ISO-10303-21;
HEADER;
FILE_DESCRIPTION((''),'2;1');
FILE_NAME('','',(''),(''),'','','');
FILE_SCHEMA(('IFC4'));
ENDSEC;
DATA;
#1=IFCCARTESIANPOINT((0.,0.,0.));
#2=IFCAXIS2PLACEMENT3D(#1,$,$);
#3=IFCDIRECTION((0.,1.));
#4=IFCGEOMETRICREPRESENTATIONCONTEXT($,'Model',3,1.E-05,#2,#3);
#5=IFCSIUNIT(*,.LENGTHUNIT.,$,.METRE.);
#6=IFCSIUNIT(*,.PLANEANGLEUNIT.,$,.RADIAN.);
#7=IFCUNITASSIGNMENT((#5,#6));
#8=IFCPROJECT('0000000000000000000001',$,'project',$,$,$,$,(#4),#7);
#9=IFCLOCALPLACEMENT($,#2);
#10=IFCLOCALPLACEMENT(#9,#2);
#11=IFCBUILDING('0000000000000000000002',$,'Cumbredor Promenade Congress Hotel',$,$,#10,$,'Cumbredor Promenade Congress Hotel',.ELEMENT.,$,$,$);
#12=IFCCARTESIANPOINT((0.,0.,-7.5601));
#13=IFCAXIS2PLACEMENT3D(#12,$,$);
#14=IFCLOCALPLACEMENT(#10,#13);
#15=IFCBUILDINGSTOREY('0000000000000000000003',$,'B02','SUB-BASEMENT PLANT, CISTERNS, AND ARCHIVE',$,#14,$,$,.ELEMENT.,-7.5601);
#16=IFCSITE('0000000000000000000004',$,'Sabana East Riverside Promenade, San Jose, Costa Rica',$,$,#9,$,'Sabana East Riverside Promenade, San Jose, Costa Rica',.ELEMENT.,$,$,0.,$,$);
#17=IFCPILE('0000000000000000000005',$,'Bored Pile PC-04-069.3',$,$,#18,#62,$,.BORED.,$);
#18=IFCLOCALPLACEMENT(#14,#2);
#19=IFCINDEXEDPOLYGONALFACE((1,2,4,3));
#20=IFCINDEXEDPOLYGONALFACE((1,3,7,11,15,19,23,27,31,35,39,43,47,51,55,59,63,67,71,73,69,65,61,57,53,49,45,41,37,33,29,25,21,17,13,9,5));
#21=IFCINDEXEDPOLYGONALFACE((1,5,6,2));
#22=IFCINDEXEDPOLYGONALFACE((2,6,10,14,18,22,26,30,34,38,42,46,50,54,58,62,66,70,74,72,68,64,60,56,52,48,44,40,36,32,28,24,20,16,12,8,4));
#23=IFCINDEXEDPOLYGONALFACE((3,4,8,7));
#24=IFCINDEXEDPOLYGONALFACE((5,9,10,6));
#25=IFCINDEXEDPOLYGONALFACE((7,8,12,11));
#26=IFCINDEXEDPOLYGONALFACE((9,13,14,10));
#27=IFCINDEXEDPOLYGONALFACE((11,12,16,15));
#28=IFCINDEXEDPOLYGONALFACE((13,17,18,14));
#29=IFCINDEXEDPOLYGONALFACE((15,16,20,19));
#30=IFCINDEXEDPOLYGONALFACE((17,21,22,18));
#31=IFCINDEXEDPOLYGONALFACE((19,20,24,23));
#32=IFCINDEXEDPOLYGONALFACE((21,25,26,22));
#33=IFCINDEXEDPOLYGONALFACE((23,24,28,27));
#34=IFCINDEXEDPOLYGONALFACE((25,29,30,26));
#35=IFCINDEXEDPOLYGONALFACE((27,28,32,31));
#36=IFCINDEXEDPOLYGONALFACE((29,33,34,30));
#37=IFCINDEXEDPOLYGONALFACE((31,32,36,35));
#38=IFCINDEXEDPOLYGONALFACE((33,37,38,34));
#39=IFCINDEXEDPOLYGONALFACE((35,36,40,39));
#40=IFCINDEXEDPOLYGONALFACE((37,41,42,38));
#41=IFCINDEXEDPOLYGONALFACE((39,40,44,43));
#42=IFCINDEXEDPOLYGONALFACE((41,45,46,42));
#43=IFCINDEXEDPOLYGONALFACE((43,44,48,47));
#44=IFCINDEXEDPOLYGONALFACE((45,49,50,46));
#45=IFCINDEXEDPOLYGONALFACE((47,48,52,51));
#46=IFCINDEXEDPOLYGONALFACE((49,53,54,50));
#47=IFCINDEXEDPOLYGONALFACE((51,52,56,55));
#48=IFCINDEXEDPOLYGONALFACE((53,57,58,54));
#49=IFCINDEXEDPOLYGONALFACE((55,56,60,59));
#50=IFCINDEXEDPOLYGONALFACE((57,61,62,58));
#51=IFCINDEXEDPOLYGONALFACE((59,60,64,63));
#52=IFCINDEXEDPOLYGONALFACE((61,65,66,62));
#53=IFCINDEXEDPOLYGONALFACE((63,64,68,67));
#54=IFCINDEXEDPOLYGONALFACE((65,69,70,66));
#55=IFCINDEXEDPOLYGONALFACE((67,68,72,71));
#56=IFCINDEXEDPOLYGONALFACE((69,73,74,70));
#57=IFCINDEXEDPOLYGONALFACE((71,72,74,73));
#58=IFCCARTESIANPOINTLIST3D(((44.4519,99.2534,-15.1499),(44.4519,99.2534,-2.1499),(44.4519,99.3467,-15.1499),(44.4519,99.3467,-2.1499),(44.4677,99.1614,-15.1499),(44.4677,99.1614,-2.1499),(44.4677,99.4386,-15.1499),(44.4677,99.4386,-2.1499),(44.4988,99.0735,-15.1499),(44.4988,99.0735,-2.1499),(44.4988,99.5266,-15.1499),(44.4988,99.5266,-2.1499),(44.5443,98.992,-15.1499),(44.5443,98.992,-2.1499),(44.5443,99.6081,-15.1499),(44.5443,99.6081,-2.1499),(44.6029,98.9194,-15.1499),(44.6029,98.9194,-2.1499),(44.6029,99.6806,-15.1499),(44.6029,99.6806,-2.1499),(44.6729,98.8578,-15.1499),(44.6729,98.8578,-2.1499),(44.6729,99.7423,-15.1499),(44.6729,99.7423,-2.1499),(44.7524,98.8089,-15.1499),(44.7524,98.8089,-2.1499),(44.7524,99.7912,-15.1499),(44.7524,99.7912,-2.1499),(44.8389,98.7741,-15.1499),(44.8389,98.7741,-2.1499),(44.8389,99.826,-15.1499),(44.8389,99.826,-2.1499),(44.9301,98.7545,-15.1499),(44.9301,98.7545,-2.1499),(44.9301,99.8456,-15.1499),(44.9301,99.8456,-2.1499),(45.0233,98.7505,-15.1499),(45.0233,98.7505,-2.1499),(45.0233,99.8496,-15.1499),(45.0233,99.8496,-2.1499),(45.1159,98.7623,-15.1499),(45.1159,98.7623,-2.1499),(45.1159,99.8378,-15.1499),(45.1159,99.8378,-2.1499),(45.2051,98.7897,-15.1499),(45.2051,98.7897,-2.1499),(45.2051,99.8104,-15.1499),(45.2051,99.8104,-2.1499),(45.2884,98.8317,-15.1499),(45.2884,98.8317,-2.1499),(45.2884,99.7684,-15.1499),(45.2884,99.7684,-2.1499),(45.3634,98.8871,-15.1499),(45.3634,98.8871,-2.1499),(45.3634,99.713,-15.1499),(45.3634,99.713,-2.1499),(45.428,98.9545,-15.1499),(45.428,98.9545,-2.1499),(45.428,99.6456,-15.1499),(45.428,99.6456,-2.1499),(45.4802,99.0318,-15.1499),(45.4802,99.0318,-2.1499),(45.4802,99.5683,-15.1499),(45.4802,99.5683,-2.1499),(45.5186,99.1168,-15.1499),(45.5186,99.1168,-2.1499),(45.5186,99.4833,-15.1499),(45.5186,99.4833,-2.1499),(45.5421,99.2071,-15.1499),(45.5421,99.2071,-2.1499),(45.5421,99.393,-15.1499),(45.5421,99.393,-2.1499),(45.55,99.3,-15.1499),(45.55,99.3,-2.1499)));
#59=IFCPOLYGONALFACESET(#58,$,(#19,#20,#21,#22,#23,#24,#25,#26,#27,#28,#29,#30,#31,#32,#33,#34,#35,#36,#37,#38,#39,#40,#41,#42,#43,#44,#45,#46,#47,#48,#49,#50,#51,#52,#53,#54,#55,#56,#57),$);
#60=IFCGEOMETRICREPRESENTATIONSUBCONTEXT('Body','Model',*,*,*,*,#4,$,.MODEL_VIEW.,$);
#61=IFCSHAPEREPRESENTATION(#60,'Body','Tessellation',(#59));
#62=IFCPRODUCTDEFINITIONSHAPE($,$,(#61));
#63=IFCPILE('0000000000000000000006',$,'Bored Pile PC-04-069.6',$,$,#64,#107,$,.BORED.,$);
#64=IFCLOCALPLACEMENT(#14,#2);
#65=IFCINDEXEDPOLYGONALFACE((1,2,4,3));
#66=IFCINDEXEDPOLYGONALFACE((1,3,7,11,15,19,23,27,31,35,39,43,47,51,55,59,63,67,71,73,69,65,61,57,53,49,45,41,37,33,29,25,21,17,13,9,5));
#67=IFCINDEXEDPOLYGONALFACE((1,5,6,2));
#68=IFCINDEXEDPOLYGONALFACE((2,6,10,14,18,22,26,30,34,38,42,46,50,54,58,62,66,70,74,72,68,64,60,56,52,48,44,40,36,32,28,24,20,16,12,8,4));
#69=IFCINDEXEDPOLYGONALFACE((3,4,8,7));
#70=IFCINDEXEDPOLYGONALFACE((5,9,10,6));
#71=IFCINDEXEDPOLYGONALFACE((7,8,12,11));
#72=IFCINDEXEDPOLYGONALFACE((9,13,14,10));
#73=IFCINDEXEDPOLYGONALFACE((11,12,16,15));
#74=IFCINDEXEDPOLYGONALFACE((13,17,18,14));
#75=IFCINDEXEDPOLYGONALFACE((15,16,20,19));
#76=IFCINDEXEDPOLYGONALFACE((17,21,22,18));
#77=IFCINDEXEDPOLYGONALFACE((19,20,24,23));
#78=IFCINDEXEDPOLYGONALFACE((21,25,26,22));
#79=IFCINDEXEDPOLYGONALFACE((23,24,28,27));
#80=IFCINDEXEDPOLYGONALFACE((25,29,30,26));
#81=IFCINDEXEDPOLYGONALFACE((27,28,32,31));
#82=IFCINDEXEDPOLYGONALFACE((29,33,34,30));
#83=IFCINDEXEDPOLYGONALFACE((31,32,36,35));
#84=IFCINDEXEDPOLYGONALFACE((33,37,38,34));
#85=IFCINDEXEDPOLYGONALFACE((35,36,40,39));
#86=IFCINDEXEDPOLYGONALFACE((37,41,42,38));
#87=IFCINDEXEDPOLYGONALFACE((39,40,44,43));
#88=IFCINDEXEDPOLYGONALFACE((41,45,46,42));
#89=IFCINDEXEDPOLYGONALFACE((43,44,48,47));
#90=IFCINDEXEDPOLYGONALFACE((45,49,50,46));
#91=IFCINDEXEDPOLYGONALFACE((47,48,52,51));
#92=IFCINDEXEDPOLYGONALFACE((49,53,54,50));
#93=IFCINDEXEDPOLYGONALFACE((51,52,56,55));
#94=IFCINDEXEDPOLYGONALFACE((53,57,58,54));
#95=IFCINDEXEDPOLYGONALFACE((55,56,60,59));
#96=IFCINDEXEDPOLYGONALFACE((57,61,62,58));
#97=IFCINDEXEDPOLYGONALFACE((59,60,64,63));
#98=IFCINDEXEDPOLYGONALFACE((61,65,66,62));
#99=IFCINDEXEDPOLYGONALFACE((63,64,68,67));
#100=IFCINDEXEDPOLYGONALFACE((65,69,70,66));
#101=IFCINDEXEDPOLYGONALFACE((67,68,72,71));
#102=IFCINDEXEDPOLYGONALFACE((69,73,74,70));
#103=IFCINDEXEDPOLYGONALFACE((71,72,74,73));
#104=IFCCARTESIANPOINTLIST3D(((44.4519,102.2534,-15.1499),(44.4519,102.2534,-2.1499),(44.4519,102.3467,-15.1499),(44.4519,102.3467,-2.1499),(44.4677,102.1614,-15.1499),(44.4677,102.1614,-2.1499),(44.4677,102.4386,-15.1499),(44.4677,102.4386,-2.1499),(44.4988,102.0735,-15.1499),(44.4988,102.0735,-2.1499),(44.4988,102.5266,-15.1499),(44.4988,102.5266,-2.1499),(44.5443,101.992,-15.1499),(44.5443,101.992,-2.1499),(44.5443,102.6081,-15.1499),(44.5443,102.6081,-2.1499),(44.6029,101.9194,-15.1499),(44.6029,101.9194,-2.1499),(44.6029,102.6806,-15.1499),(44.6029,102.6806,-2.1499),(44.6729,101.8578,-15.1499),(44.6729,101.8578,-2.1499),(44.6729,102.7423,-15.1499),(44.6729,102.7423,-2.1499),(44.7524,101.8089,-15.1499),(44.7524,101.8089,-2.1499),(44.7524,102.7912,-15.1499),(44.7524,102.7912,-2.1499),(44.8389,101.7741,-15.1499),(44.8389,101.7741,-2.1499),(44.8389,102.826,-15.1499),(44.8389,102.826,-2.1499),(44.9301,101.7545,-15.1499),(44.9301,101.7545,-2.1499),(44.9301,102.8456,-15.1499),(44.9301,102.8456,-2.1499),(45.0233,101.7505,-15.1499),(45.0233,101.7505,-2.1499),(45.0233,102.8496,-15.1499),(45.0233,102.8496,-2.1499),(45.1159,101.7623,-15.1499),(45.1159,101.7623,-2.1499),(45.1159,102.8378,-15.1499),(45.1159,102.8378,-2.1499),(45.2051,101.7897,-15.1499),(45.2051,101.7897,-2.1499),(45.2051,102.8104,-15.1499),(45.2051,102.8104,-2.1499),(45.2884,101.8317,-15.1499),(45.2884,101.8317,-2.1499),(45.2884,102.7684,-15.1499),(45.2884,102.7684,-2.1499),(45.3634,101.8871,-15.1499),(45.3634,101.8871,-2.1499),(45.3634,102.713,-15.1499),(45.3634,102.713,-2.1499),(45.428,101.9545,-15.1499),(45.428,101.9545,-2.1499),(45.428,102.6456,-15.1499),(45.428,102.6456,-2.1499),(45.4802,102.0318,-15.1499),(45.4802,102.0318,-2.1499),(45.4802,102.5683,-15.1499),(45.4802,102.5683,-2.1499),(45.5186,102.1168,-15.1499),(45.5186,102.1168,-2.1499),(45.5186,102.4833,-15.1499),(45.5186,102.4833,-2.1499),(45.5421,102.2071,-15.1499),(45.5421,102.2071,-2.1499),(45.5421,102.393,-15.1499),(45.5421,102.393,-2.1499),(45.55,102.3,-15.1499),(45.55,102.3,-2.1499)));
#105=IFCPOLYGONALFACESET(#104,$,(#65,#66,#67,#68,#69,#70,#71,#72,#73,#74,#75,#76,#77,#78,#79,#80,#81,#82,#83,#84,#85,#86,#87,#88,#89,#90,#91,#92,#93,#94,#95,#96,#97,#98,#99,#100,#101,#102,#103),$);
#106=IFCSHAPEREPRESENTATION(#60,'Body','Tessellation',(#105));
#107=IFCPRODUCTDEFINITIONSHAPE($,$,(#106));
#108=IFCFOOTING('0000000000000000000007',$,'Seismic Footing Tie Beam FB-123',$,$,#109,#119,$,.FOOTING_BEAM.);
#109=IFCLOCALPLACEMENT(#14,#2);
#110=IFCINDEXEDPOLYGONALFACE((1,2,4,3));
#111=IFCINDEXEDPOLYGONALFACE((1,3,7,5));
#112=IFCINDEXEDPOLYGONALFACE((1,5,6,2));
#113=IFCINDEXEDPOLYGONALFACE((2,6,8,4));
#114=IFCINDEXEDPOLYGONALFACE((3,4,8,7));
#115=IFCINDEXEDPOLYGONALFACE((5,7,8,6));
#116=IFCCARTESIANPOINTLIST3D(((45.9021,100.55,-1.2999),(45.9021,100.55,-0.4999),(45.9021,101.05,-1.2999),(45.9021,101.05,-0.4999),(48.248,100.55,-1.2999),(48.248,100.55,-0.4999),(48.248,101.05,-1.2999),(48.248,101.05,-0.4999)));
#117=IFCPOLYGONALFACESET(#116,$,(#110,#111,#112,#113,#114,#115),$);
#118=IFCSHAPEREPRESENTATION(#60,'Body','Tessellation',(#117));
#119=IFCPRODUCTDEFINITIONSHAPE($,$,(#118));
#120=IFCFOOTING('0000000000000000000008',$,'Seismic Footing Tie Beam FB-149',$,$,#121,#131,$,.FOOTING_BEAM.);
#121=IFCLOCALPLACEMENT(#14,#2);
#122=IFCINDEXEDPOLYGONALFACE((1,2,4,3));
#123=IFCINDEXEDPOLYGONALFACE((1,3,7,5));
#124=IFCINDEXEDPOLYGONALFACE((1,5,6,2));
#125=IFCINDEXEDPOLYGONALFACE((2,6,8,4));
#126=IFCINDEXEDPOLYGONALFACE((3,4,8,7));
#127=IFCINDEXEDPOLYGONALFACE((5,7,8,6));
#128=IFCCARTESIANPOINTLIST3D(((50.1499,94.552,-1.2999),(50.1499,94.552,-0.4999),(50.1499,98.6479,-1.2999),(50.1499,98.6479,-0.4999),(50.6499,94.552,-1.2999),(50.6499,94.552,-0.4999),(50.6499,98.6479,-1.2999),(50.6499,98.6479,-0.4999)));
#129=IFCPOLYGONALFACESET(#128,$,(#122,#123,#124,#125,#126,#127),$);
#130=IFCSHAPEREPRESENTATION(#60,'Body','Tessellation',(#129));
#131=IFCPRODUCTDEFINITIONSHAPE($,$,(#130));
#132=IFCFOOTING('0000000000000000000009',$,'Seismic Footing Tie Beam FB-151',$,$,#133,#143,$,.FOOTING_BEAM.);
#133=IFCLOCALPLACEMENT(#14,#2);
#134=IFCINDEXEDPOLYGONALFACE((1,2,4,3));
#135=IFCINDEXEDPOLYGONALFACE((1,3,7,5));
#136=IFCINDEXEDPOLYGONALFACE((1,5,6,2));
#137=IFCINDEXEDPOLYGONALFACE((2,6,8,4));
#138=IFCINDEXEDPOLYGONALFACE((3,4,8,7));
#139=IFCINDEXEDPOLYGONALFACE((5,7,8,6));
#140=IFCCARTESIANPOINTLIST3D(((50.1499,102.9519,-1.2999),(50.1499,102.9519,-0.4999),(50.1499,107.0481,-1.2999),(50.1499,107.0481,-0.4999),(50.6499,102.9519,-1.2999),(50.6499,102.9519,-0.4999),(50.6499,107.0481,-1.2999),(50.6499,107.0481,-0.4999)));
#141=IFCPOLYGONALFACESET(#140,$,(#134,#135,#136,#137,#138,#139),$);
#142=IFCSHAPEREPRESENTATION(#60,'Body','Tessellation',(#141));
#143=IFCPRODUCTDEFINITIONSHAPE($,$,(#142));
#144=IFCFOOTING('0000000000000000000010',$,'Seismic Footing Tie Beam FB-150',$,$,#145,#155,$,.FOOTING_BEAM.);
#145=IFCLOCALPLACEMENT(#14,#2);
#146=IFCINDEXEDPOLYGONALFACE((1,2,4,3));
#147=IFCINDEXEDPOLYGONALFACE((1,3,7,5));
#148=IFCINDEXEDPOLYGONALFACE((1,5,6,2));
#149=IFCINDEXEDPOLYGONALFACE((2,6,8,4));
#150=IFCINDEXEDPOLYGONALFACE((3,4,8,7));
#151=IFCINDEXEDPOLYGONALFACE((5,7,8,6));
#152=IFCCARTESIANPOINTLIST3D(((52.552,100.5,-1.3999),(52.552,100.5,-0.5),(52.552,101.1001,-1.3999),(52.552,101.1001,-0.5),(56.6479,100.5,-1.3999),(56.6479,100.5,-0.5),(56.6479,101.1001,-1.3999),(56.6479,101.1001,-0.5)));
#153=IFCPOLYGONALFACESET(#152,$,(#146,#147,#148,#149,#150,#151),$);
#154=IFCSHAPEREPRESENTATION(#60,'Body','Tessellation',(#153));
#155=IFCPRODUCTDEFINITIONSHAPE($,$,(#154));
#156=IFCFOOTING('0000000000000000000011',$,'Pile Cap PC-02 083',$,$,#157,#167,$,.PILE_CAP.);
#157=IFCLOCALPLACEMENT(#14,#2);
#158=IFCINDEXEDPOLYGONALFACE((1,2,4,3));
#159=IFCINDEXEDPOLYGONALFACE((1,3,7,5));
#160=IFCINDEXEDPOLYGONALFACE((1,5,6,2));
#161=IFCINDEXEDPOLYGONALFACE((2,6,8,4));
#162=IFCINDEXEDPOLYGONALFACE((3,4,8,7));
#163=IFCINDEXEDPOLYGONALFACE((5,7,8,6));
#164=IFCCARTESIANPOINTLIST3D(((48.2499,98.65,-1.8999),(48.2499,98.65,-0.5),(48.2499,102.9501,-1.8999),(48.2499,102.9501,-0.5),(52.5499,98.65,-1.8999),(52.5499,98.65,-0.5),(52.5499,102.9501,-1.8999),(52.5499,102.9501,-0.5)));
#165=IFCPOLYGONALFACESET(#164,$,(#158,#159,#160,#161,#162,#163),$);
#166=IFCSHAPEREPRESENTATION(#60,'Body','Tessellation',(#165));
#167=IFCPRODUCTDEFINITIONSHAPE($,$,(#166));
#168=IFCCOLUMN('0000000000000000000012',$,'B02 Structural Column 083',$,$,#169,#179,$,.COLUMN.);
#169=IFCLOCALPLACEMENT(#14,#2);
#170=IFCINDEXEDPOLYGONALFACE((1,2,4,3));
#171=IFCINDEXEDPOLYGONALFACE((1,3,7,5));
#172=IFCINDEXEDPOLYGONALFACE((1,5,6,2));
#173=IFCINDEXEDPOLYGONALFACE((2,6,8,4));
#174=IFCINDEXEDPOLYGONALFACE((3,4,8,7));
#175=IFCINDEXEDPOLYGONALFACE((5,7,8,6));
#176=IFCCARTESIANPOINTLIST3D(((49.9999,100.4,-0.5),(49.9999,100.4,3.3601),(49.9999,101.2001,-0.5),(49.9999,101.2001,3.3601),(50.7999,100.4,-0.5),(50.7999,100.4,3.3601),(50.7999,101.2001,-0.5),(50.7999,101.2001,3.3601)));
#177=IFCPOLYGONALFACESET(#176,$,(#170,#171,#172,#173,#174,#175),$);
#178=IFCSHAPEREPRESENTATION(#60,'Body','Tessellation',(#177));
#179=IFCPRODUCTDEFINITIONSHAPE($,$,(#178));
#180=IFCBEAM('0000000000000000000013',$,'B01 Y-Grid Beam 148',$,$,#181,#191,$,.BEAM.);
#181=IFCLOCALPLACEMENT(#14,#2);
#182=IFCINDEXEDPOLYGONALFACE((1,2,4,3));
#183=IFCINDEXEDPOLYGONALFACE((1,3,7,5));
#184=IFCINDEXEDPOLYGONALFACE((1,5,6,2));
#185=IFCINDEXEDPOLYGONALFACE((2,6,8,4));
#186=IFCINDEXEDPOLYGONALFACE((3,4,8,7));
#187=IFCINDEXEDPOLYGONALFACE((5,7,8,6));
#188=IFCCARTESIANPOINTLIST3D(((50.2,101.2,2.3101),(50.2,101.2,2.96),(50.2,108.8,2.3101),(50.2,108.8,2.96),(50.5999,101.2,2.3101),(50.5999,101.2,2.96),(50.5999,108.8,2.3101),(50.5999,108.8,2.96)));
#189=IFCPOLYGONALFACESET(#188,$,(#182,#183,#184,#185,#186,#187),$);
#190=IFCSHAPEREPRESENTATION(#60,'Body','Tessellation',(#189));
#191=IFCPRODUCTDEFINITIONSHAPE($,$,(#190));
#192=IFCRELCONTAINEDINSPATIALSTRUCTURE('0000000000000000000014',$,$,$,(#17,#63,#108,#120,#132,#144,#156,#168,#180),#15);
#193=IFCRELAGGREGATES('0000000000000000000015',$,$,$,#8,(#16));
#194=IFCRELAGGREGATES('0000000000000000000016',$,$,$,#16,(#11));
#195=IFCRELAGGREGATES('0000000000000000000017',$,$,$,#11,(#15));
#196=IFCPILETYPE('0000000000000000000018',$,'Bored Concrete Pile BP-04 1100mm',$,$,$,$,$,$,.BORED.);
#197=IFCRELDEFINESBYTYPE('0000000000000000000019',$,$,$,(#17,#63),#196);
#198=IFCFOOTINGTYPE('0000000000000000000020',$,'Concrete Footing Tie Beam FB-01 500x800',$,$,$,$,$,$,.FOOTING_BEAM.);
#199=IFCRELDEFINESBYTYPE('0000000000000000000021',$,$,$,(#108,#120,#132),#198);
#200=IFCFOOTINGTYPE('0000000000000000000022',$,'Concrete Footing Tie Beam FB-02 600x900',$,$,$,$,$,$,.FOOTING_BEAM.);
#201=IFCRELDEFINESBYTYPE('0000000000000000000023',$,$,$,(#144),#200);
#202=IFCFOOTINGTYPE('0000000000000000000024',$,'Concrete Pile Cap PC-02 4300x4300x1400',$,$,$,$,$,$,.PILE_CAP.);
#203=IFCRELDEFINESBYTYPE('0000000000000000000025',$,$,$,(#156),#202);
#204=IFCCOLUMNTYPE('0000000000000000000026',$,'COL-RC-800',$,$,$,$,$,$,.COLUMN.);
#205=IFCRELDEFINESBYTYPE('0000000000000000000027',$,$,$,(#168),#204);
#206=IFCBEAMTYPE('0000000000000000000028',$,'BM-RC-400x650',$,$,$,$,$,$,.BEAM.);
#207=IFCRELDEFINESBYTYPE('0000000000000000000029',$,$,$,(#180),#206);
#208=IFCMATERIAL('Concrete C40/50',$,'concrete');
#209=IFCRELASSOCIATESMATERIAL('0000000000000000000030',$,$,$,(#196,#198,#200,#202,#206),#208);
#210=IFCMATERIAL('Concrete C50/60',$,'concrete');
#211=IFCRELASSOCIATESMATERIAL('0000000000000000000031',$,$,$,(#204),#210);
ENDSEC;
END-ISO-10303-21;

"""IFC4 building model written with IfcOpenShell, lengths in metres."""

from ifc_helpers import new_model, si_unit, direction, frame, origin, origin_2d, place, context, subcontext, project, spatial, rectangle, circle, extrude, material, material_profile, profile_set, type_object, element, save


model = new_model("IFC4")

# Units and contexts
model_context = context("Model", 3, precision=1e-05, world=origin(), true_north=direction((0.0, 1.0)))
body_context = subcontext(model_context, "Body", "Model", "MODEL_VIEW")
ifc_project = project(units=[si_unit("LENGTHUNIT", "METRE"), si_unit("PLANEANGLEUNIT", "RADIAN")], contexts=[model_context])

# Site, building, storey
site_placement = place(None, origin())
site = spatial("IfcSite", under=ifc_project, at=site_placement, Name="Sabana East Riverside Promenade, San Jose, Costa Rica", LongName="Sabana East Riverside Promenade, San Jose, Costa Rica", CompositionType="ELEMENT", RefElevation=0.0)
building_placement = place(site_placement, origin())
building = spatial("IfcBuilding", under=site, at=building_placement, Name="Cumbredor Promenade Congress Hotel", LongName="Cumbredor Promenade Congress Hotel", CompositionType="ELEMENT")
storey_placement = place(building_placement, frame((0.0, 0.0, -7.5601)))
storey = spatial("IfcBuildingStorey", under=building, at=storey_placement, Name="B02", Description="SUB-BASEMENT PLANT, CISTERNS, AND ARCHIVE", CompositionType="ELEMENT", Elevation=-7.5601)

# Piles
ifc_material_1 = material(Name="Concrete C40/50", Category="concrete")
ifc_material_profile_1 = material_profile(ifc_material_1, circle(Radius=0.55, at=origin_2d()), Name="PILE D1100")
ifc_profile_set_1 = profile_set([ifc_material_profile_1], Name="Concrete C40/50")
pile_type_1 = type_object("IfcPileType", Name="Bored Concrete Pile BP-04 1100mm", PredefinedType="BORED", material=ifc_profile_set_1)
for number, where, z_axis, x_axis, name in (
    (1, (45.0, 99.3, -2.1499), (0.0, 0.0, -1.0), (1.0, 0.0, 0.0), "Bored Pile PC-04-069.3"),
    (2, (45.0, 102.3, -2.1499), (0.0, 0.0, -1.0), (1.0, 0.0, 0.0), "Bored Pile PC-04-069.6"),
):
    element("IfcPile", number, at=place(storey_placement, frame(where, z_axis=z_axis, x_axis=x_axis)), inside=storey, type_object=pile_type_1, Name=name, PredefinedType="BORED", context=body_context, shape_type="SweptSolid", body=[
        extrude(circle(Radius=0.55, at=origin_2d()), origin(), (0.0, 0.0, 1.0), 13.0),
    ])

# Footings
ifc_material_profile_2 = material_profile(ifc_material_1, rectangle(XDim=0.5, YDim=0.8, at=origin_2d()), Name="FB 500x800")
ifc_profile_set_2 = profile_set([ifc_material_profile_2], Name="Concrete C40/50")
footing_type_1 = type_object("IfcFootingType", Name="Concrete Footing Tie Beam FB-01 500x800", PredefinedType="FOOTING_BEAM", material=ifc_profile_set_2)
footing_1_placement = place(storey_placement, frame((45.9021, 100.8, -0.8999), z_axis=(1.0, 0.0, 0.0), x_axis=(0.0, 1.0, 0.0)))
element("IfcFooting", 3, at=footing_1_placement, inside=storey, type_object=footing_type_1, Name="Seismic Footing Tie Beam FB-123", PredefinedType="FOOTING_BEAM", context=body_context, shape_type="SweptSolid", body=[
    extrude(rectangle(XDim=0.5, YDim=0.8, at=origin_2d()), origin(), (0.0, 0.0, 1.0), 2.3459),
])
footing_2_placement = place(storey_placement, frame((50.3999, 94.552, -0.8999), z_axis=(0.0, 1.0, 0.0), x_axis=(-1.0, 0.0, 0.0)))
element("IfcFooting", 4, at=footing_2_placement, inside=storey, type_object=footing_type_1, Name="Seismic Footing Tie Beam FB-149", PredefinedType="FOOTING_BEAM", context=body_context, shape_type="SweptSolid", body=[
    extrude(rectangle(XDim=0.5, YDim=0.8, at=origin_2d()), origin(), (0.0, 0.0, 1.0), 4.0959),
])
footing_3_placement = place(storey_placement, frame((50.3999, 102.9519, -0.8999), z_axis=(0.0, 1.0, 0.0), x_axis=(-1.0, 0.0, 0.0)))
element("IfcFooting", 5, at=footing_3_placement, inside=storey, type_object=footing_type_1, Name="Seismic Footing Tie Beam FB-151", PredefinedType="FOOTING_BEAM", context=body_context, shape_type="SweptSolid", body=[
    extrude(rectangle(XDim=0.5, YDim=0.8, at=origin_2d()), origin(), (0.0, 0.0, 1.0), 4.0962),
])
ifc_material_profile_3 = material_profile(ifc_material_1, rectangle(XDim=0.6001, YDim=0.8999, at=origin_2d()), Name="FB 600x900")
ifc_profile_set_3 = profile_set([ifc_material_profile_3], Name="Concrete C40/50")
footing_type_2 = type_object("IfcFootingType", Name="Concrete Footing Tie Beam FB-02 600x900", PredefinedType="FOOTING_BEAM", material=ifc_profile_set_3)
footing_4_placement = place(storey_placement, frame((52.552, 100.8, -0.95), z_axis=(1.0, 0.0, 0.0), x_axis=(0.0, 1.0, 0.0)))
element("IfcFooting", 6, at=footing_4_placement, inside=storey, type_object=footing_type_2, Name="Seismic Footing Tie Beam FB-150", PredefinedType="FOOTING_BEAM", context=body_context, shape_type="SweptSolid", body=[
    extrude(rectangle(XDim=0.6001, YDim=0.8999, at=origin_2d()), origin(), (0.0, 0.0, 1.0), 4.0959),
])
footing_type_3 = type_object("IfcFootingType", Name="Concrete Pile Cap PC-02 4300x4300x1400", PredefinedType="PILE_CAP", material=ifc_material_1)
footing_5_placement = place(storey_placement, frame((50.3999, 100.8, -1.8999), z_axis=(0.0, 0.0, 1.0), x_axis=(1.0, 0.0, 0.0)))
element("IfcFooting", 7, at=footing_5_placement, inside=storey, type_object=footing_type_3, Name="Pile Cap PC-02 083", PredefinedType="PILE_CAP", context=body_context, shape_type="SweptSolid", body=[
    extrude(rectangle(XDim=4.3, YDim=4.3, at=origin_2d()), origin(), (0.0, 0.0, 1.0), 1.3999),
])

# Column
ifc_material_2 = material(Name="Concrete C50/60", Category="concrete")
ifc_material_profile_4 = material_profile(ifc_material_2, rectangle(XDim=0.8, YDim=0.8, at=origin_2d()), Name="RC 800x800")
ifc_profile_set_4 = profile_set([ifc_material_profile_4], Name="Concrete C50/60")
column_type = type_object("IfcColumnType", Name="COL-RC-800", PredefinedType="COLUMN", material=ifc_profile_set_4)
column_placement = place(storey_placement, frame((50.3999, 100.8, -0.5), z_axis=(0.0, 0.0, 1.0), x_axis=(1.0, 0.0, 0.0)))
element("IfcColumn", 8, at=column_placement, inside=storey, type_object=column_type, Name="B02 Structural Column 083", PredefinedType="COLUMN", context=body_context, shape_type="SweptSolid", body=[
    extrude(rectangle(XDim=0.8, YDim=0.8, at=origin_2d()), origin(), (0.0, 0.0, 1.0), 3.8601),
])

# Beam
ifc_material_profile_5 = material_profile(ifc_material_1, rectangle(XDim=0.3999, YDim=0.6499, at=origin_2d()), Name="RC BEAM 400x650")
ifc_profile_set_5 = profile_set([ifc_material_profile_5], Name="Concrete C40/50")
beam_type_1 = type_object("IfcBeamType", Name="BM-RC-400x650", PredefinedType="BEAM", material=ifc_profile_set_5)
beam_1_placement = place(storey_placement, frame((50.3999, 101.2, 2.635), z_axis=(0.0, 1.0, 0.0), x_axis=(-1.0, 0.0, 0.0)))
element("IfcBeam", 9, at=beam_1_placement, inside=storey, type_object=beam_type_1, Name="B01 Y-Grid Beam 148", PredefinedType="BEAM", context=body_context, shape_type="SweptSolid", body=[
    extrude(rectangle(XDim=0.3999, YDim=0.6499, at=origin_2d()), origin(), (0.0, 0.0, 1.0), 7.6001),
])

save(model, "model.ifc")
